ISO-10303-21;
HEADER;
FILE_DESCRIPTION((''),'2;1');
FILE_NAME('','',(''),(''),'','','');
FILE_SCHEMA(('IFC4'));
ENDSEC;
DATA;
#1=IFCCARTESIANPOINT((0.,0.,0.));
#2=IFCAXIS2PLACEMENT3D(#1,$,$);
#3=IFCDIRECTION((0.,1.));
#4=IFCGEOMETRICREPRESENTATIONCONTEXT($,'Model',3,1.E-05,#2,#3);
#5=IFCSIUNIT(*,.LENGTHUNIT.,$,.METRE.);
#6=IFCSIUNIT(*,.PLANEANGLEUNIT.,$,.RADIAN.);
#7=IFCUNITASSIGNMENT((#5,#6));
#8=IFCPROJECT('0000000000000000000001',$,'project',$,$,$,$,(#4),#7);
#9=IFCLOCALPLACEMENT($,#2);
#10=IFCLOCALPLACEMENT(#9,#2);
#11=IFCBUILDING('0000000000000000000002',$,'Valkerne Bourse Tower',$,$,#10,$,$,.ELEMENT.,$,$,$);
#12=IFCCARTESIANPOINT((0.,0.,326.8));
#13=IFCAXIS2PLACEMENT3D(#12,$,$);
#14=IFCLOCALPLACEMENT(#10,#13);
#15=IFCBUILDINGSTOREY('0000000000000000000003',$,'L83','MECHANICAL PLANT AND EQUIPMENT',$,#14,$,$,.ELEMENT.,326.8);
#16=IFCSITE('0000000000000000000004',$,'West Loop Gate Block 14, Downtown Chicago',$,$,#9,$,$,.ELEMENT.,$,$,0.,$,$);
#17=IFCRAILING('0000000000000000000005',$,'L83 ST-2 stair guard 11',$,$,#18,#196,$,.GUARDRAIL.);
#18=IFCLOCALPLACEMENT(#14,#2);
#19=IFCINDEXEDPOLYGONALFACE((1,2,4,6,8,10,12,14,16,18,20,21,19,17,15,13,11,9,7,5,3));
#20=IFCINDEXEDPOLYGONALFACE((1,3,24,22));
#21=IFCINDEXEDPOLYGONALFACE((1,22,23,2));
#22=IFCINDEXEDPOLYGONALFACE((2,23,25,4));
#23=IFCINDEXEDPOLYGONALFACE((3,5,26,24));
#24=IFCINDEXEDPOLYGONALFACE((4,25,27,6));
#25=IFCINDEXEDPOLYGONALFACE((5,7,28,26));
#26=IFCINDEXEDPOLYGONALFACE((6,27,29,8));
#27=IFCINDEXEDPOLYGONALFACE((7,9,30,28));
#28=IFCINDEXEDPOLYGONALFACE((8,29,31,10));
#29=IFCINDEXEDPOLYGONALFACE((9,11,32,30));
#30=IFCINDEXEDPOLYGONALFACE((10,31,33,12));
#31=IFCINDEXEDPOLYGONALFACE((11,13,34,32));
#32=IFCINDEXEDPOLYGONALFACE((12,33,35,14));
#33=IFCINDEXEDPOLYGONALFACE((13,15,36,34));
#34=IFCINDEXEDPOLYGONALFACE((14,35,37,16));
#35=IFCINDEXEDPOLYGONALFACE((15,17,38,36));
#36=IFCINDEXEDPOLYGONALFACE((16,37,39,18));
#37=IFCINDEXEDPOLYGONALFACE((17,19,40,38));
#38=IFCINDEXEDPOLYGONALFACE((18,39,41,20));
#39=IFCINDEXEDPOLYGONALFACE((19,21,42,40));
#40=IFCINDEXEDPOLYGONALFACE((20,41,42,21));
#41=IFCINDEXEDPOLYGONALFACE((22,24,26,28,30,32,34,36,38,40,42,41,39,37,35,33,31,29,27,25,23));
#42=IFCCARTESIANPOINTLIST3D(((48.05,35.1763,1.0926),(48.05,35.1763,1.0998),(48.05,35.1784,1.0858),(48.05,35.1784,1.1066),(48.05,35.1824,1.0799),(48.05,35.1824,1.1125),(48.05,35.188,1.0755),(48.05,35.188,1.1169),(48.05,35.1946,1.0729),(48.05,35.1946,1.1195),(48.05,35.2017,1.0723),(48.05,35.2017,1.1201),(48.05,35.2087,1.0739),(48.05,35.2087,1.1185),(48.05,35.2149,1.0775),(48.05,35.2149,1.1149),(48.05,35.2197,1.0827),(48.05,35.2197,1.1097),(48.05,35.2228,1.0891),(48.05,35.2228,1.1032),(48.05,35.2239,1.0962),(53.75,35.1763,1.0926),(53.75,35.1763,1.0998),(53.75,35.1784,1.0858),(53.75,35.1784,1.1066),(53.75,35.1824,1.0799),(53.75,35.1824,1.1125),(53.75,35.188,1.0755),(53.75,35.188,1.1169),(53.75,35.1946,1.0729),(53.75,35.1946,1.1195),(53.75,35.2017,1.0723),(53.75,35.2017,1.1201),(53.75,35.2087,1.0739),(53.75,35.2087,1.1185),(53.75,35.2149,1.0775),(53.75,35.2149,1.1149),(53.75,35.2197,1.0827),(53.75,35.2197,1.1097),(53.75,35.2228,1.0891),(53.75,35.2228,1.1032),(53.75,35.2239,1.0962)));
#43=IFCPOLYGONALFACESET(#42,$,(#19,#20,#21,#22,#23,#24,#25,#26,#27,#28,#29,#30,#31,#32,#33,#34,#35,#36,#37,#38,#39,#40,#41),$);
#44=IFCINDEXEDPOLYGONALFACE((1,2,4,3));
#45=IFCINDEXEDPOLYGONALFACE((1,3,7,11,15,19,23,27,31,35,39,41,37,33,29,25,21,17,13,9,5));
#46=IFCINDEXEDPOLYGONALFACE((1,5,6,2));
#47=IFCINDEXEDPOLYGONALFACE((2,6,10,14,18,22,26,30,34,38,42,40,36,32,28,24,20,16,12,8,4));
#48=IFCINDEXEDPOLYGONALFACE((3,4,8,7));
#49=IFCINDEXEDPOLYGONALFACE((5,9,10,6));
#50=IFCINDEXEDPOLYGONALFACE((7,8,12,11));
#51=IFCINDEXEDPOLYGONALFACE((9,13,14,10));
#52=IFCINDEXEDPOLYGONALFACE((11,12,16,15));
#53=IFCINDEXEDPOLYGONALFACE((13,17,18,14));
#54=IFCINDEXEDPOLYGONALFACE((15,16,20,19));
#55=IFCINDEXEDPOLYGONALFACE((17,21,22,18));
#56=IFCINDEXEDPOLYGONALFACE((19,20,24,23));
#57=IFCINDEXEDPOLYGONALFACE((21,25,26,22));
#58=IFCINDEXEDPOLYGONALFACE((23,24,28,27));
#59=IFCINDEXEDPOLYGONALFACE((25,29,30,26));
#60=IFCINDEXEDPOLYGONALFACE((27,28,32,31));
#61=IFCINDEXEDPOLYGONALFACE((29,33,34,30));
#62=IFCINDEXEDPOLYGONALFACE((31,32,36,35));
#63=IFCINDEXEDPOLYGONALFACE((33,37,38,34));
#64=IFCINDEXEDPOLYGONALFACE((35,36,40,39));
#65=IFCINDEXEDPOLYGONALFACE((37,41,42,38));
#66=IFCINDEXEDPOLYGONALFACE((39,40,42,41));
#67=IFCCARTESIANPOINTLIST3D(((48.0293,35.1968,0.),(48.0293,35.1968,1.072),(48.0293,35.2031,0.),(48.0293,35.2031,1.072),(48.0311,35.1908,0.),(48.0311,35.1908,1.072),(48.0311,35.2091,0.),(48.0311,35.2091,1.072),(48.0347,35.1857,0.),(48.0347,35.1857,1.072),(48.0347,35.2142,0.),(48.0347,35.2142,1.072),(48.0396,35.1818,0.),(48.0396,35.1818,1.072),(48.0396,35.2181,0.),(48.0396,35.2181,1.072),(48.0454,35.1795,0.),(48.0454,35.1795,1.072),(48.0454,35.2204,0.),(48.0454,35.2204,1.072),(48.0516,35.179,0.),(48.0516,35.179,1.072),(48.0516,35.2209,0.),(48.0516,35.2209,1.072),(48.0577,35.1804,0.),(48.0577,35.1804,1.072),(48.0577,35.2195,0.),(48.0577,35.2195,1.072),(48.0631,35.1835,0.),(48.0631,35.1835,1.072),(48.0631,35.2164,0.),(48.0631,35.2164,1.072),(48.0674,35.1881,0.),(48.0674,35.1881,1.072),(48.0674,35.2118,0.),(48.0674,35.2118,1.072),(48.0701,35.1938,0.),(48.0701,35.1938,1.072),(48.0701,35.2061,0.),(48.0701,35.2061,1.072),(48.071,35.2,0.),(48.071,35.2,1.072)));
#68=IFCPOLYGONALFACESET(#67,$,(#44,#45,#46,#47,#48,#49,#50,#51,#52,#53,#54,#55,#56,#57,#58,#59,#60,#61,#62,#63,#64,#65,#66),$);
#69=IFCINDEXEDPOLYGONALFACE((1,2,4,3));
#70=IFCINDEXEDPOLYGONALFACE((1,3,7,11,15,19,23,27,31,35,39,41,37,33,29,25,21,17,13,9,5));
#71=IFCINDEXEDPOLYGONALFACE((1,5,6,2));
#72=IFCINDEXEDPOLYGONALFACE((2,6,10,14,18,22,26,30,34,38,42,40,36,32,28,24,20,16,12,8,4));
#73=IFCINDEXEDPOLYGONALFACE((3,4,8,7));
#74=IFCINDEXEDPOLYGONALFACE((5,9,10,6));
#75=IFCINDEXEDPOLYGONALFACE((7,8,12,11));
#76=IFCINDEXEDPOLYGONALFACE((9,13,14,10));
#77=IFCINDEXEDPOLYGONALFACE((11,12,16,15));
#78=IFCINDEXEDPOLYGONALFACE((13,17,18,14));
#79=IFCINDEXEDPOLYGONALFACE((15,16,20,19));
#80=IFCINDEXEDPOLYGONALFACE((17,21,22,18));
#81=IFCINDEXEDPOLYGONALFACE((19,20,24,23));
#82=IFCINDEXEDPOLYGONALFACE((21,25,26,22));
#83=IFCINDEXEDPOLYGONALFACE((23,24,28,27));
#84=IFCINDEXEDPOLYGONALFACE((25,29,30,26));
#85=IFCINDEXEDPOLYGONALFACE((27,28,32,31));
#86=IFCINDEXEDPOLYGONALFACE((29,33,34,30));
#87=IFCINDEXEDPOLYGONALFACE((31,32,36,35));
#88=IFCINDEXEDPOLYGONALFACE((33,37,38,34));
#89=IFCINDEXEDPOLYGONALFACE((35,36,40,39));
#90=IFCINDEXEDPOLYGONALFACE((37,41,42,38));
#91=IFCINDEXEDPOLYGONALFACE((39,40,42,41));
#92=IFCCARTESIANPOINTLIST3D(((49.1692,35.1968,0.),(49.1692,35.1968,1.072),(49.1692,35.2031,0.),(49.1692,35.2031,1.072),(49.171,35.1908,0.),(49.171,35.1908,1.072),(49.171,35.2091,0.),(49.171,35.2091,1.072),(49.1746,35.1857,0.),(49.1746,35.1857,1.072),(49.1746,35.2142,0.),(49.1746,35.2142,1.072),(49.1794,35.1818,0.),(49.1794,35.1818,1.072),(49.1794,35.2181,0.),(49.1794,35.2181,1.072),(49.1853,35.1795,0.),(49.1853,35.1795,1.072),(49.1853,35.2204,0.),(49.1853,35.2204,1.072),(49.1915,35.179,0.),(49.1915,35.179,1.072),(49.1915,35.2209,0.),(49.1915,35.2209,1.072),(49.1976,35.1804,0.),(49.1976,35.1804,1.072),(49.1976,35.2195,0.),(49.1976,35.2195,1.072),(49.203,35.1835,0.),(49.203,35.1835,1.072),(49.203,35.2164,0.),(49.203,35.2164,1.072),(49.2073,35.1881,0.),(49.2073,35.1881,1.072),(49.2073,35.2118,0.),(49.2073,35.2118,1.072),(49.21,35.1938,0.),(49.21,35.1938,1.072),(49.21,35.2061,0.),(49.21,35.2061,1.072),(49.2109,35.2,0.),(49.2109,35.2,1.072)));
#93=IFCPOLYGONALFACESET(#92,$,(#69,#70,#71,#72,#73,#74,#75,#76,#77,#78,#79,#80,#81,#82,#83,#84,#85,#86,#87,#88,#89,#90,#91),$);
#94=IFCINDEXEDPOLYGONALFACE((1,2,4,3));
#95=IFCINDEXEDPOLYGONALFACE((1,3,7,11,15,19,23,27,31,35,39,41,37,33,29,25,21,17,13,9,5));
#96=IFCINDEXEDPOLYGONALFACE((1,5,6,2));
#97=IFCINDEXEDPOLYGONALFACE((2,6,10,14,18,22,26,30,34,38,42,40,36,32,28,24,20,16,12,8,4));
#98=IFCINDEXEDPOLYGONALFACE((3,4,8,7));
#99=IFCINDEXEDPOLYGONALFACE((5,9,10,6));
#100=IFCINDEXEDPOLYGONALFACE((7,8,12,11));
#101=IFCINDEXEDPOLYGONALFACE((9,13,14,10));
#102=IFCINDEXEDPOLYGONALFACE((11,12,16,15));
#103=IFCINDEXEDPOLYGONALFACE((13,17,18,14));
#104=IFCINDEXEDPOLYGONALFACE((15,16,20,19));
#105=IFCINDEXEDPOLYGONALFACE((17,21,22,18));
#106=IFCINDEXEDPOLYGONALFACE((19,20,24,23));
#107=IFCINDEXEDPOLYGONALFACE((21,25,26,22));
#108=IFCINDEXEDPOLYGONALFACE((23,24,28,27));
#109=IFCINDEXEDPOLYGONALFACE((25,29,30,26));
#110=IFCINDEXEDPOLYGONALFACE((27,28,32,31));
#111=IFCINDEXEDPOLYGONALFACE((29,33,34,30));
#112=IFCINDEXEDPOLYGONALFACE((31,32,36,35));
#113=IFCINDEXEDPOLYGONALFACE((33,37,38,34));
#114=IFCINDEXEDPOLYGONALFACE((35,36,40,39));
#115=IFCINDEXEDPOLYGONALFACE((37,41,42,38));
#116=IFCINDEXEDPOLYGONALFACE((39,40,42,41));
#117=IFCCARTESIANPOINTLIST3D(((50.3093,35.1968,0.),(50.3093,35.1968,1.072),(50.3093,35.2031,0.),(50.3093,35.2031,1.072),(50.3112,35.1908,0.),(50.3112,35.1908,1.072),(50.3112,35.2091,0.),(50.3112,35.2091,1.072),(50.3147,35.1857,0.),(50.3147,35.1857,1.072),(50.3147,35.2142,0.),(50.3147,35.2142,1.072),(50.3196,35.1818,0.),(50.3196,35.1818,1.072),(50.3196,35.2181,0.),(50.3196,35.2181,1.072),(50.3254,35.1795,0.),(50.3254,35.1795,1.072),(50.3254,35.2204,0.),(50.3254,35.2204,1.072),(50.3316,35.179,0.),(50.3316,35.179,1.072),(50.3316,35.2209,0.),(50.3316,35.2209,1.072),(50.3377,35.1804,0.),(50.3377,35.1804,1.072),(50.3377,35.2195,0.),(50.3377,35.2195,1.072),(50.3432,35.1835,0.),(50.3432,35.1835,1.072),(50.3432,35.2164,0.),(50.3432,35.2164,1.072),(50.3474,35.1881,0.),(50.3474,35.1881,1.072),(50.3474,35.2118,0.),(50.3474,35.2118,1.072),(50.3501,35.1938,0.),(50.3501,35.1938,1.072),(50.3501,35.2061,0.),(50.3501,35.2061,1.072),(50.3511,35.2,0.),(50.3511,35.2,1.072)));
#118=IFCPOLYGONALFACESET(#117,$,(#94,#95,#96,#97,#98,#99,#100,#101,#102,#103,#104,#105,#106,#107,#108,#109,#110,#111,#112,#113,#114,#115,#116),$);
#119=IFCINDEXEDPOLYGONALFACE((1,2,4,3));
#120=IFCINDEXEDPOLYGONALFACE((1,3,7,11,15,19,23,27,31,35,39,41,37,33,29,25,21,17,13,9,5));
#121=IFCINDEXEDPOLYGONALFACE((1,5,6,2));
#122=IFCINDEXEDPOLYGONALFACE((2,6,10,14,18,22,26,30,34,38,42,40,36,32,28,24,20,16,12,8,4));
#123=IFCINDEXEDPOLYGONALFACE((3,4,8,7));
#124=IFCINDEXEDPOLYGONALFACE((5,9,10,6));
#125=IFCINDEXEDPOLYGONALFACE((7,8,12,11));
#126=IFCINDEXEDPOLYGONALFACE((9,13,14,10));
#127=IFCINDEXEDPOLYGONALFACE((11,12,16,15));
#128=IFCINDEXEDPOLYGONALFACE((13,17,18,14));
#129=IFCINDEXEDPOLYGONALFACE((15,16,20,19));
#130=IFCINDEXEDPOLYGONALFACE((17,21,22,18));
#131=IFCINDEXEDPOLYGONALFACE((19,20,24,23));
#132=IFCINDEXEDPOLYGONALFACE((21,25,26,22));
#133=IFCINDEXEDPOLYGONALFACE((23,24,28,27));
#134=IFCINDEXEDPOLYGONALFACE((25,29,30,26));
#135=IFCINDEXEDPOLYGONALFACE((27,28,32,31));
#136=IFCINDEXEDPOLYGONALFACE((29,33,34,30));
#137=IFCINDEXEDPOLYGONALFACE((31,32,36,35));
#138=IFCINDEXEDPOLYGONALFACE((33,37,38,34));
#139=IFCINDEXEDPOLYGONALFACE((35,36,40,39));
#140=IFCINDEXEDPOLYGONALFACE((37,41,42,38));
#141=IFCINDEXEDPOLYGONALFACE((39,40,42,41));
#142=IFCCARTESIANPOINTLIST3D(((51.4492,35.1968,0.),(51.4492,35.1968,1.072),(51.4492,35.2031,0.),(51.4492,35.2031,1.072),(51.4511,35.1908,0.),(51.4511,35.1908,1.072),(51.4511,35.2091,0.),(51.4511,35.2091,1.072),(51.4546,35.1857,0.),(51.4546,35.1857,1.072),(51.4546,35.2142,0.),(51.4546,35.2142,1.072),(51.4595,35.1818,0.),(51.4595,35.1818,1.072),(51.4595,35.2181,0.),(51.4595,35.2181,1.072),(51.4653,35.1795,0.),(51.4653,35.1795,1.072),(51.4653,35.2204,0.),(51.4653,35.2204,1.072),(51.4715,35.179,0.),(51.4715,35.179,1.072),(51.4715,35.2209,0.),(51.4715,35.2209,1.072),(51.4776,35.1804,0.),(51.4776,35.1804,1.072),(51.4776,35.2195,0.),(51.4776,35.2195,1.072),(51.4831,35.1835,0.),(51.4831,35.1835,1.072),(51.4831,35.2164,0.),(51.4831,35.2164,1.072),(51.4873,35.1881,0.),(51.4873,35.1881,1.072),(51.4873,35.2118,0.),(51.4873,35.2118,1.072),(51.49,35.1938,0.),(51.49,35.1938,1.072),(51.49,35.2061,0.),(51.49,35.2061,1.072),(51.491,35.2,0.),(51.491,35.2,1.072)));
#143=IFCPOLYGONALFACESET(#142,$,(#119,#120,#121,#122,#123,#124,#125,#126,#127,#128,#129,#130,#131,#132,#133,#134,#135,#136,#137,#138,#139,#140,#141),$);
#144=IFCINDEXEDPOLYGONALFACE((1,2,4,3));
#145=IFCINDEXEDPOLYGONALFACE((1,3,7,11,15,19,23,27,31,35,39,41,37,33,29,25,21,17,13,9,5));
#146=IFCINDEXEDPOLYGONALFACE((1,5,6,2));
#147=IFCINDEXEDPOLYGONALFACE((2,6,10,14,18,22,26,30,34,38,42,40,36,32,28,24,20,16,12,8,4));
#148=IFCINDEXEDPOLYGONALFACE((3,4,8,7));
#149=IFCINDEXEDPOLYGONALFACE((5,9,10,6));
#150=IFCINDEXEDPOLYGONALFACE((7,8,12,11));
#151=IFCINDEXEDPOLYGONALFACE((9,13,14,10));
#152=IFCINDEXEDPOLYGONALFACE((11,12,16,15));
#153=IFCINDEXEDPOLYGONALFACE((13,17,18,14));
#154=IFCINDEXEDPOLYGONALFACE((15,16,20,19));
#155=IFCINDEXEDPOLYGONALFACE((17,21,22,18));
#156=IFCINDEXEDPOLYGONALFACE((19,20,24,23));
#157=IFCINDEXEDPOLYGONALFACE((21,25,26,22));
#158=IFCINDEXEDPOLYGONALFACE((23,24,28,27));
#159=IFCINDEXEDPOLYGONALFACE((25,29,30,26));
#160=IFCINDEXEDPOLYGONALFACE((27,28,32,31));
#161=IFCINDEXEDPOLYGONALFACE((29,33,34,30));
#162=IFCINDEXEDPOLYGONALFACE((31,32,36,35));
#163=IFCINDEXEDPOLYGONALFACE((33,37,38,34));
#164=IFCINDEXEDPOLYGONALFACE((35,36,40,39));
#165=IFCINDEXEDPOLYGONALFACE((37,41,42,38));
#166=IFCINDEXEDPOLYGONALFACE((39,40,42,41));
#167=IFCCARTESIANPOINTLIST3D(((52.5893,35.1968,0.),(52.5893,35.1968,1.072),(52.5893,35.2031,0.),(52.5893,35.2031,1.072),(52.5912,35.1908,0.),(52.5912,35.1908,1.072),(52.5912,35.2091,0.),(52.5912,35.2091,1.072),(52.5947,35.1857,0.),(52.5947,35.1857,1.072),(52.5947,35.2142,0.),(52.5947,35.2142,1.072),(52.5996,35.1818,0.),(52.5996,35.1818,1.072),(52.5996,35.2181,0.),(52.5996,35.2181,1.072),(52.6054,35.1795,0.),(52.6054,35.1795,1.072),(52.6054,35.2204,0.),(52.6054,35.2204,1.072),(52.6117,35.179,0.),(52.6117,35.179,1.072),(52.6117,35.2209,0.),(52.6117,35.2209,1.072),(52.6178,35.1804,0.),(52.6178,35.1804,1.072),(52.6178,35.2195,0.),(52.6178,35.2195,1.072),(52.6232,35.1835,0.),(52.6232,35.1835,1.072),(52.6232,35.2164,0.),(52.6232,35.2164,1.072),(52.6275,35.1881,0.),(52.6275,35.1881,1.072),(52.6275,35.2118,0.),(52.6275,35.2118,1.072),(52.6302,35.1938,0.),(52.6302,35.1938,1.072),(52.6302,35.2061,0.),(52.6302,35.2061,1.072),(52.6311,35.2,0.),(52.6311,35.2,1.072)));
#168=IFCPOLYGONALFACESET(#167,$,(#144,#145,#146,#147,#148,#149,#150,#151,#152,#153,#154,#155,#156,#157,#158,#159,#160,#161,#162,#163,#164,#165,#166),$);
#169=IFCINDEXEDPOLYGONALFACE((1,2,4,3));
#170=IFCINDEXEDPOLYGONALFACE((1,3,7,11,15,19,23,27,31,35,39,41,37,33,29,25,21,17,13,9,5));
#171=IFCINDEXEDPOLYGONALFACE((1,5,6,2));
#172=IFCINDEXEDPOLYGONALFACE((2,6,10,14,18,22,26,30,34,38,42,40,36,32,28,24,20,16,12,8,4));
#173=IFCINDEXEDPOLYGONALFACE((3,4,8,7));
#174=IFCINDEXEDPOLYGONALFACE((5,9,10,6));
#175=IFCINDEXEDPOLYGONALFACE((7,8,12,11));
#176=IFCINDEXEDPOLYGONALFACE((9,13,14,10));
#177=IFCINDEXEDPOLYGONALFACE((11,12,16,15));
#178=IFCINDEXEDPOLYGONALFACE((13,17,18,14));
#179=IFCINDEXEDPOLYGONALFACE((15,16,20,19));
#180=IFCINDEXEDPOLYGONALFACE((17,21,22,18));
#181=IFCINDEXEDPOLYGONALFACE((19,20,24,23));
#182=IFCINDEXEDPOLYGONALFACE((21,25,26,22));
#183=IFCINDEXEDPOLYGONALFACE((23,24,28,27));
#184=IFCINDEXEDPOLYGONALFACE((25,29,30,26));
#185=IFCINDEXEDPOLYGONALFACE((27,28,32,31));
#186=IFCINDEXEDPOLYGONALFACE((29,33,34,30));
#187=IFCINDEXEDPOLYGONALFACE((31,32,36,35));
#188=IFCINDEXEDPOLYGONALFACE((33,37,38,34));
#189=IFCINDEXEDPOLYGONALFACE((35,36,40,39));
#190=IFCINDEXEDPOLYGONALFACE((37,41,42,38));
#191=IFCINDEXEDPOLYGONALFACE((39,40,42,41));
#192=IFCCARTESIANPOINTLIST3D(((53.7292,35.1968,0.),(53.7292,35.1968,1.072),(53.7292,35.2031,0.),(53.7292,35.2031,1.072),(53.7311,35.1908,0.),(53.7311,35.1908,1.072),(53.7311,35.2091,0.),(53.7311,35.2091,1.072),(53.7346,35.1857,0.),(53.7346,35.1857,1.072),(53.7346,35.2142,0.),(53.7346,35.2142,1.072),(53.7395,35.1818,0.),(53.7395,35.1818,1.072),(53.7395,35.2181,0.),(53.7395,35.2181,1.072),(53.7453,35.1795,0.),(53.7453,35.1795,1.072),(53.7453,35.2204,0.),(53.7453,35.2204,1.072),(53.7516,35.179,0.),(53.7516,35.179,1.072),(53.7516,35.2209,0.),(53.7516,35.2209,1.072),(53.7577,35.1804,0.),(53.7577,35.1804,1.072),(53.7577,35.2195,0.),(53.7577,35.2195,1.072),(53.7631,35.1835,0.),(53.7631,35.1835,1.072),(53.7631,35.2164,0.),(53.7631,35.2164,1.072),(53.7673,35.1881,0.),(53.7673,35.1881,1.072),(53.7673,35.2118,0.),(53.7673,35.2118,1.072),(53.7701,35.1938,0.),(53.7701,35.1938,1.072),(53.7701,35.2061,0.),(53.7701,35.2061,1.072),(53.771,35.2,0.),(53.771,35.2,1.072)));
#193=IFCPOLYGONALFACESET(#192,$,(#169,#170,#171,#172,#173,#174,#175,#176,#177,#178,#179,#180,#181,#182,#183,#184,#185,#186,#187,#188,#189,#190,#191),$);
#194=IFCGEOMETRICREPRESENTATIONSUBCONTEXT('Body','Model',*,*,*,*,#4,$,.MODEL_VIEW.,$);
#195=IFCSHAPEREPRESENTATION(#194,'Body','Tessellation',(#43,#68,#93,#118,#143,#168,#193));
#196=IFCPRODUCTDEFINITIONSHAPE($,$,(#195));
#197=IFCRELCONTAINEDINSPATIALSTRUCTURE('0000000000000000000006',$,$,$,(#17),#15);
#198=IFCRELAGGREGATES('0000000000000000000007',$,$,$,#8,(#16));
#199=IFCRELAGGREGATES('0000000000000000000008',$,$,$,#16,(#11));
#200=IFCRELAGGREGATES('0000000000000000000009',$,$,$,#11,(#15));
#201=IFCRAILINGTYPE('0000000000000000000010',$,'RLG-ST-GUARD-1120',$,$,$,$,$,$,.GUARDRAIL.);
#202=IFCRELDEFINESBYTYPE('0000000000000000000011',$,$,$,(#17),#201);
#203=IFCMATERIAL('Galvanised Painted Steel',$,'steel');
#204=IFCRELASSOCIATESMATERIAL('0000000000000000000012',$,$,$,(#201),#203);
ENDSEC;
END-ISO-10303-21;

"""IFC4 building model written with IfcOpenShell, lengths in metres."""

from ifc_helpers import new_model, si_unit, direction, frame, origin, origin_2d, place, context, subcontext, project, spatial, circle, extrude, material, type_object, element, save


model = new_model("IFC4")

# Units and contexts
model_context = context("Model", 3, precision=1e-05, world=origin(), true_north=direction((0.0, 1.0)))
body_context = subcontext(model_context, "Body", "Model", "MODEL_VIEW")
ifc_project = project(units=[si_unit("LENGTHUNIT", "METRE"), si_unit("PLANEANGLEUNIT", "RADIAN")], contexts=[model_context])

# Site, building, storey
site_placement = place(None, origin())
site = spatial("IfcSite", under=ifc_project, at=site_placement, Name="West Loop Gate Block 14, Downtown Chicago", CompositionType="ELEMENT", RefElevation=0.0)
building_placement = place(site_placement, origin())
building = spatial("IfcBuilding", under=site, at=building_placement, Name="Valkerne Bourse Tower", CompositionType="ELEMENT")
storey_placement = place(building_placement, frame((0.0, 0.0, 326.8)))
storey = spatial("IfcBuildingStorey", under=building, at=storey_placement, Name="L83", Description="MECHANICAL PLANT AND EQUIPMENT", CompositionType="ELEMENT", Elevation=326.8)

# Shared definitions
ifc_material_1 = material(Name="Galvanised Painted Steel", Category="steel")

# Railing
railing_type = type_object("IfcRailingType", Name="RLG-ST-GUARD-1120", PredefinedType="GUARDRAIL", material=ifc_material_1)
for number, where, name in (
    (1, (48.05, 35.2, 0.0), "L83 ST-2 stair guard 11"),
):
    element("IfcRailing", number, at=place(storey_placement, frame(where)), inside=storey, type_object=railing_type, Name=name, PredefinedType="GUARDRAIL", context=body_context, shape_type="SweptSolid", body=[
        extrude(circle(Radius=0.0239, at=origin_2d()), frame((0.0, 0.0, 1.0962), z_axis=(1.0, 0.0, 0.0), x_axis=(0.0, 1.0, 0.0)), (0.0, 0.0, 1.0), 5.7),
        extrude(circle(Radius=0.021, at=origin_2d()), origin(), (0.0, 0.0, 1.0), 1.072),
        extrude(circle(Radius=0.021, at=origin_2d()), frame((1.1399, 0.0, 0.0)), (0.0, 0.0, 1.0), 1.072),
        extrude(circle(Radius=0.021, at=origin_2d()), frame((2.28, 0.0, 0.0)), (0.0, 0.0, 1.0), 1.072),
        extrude(circle(Radius=0.021, at=origin_2d()), frame((3.4199, 0.0, 0.0)), (0.0, 0.0, 1.0), 1.072),
        extrude(circle(Radius=0.021, at=origin_2d()), frame((4.5601, 0.0, 0.0)), (0.0, 0.0, 1.0), 1.072),
        extrude(circle(Radius=0.021, at=origin_2d()), frame((5.7, 0.0, 0.0)), (0.0, 0.0, 1.0), 1.072),
    ])

save(model, "model.ifc")
